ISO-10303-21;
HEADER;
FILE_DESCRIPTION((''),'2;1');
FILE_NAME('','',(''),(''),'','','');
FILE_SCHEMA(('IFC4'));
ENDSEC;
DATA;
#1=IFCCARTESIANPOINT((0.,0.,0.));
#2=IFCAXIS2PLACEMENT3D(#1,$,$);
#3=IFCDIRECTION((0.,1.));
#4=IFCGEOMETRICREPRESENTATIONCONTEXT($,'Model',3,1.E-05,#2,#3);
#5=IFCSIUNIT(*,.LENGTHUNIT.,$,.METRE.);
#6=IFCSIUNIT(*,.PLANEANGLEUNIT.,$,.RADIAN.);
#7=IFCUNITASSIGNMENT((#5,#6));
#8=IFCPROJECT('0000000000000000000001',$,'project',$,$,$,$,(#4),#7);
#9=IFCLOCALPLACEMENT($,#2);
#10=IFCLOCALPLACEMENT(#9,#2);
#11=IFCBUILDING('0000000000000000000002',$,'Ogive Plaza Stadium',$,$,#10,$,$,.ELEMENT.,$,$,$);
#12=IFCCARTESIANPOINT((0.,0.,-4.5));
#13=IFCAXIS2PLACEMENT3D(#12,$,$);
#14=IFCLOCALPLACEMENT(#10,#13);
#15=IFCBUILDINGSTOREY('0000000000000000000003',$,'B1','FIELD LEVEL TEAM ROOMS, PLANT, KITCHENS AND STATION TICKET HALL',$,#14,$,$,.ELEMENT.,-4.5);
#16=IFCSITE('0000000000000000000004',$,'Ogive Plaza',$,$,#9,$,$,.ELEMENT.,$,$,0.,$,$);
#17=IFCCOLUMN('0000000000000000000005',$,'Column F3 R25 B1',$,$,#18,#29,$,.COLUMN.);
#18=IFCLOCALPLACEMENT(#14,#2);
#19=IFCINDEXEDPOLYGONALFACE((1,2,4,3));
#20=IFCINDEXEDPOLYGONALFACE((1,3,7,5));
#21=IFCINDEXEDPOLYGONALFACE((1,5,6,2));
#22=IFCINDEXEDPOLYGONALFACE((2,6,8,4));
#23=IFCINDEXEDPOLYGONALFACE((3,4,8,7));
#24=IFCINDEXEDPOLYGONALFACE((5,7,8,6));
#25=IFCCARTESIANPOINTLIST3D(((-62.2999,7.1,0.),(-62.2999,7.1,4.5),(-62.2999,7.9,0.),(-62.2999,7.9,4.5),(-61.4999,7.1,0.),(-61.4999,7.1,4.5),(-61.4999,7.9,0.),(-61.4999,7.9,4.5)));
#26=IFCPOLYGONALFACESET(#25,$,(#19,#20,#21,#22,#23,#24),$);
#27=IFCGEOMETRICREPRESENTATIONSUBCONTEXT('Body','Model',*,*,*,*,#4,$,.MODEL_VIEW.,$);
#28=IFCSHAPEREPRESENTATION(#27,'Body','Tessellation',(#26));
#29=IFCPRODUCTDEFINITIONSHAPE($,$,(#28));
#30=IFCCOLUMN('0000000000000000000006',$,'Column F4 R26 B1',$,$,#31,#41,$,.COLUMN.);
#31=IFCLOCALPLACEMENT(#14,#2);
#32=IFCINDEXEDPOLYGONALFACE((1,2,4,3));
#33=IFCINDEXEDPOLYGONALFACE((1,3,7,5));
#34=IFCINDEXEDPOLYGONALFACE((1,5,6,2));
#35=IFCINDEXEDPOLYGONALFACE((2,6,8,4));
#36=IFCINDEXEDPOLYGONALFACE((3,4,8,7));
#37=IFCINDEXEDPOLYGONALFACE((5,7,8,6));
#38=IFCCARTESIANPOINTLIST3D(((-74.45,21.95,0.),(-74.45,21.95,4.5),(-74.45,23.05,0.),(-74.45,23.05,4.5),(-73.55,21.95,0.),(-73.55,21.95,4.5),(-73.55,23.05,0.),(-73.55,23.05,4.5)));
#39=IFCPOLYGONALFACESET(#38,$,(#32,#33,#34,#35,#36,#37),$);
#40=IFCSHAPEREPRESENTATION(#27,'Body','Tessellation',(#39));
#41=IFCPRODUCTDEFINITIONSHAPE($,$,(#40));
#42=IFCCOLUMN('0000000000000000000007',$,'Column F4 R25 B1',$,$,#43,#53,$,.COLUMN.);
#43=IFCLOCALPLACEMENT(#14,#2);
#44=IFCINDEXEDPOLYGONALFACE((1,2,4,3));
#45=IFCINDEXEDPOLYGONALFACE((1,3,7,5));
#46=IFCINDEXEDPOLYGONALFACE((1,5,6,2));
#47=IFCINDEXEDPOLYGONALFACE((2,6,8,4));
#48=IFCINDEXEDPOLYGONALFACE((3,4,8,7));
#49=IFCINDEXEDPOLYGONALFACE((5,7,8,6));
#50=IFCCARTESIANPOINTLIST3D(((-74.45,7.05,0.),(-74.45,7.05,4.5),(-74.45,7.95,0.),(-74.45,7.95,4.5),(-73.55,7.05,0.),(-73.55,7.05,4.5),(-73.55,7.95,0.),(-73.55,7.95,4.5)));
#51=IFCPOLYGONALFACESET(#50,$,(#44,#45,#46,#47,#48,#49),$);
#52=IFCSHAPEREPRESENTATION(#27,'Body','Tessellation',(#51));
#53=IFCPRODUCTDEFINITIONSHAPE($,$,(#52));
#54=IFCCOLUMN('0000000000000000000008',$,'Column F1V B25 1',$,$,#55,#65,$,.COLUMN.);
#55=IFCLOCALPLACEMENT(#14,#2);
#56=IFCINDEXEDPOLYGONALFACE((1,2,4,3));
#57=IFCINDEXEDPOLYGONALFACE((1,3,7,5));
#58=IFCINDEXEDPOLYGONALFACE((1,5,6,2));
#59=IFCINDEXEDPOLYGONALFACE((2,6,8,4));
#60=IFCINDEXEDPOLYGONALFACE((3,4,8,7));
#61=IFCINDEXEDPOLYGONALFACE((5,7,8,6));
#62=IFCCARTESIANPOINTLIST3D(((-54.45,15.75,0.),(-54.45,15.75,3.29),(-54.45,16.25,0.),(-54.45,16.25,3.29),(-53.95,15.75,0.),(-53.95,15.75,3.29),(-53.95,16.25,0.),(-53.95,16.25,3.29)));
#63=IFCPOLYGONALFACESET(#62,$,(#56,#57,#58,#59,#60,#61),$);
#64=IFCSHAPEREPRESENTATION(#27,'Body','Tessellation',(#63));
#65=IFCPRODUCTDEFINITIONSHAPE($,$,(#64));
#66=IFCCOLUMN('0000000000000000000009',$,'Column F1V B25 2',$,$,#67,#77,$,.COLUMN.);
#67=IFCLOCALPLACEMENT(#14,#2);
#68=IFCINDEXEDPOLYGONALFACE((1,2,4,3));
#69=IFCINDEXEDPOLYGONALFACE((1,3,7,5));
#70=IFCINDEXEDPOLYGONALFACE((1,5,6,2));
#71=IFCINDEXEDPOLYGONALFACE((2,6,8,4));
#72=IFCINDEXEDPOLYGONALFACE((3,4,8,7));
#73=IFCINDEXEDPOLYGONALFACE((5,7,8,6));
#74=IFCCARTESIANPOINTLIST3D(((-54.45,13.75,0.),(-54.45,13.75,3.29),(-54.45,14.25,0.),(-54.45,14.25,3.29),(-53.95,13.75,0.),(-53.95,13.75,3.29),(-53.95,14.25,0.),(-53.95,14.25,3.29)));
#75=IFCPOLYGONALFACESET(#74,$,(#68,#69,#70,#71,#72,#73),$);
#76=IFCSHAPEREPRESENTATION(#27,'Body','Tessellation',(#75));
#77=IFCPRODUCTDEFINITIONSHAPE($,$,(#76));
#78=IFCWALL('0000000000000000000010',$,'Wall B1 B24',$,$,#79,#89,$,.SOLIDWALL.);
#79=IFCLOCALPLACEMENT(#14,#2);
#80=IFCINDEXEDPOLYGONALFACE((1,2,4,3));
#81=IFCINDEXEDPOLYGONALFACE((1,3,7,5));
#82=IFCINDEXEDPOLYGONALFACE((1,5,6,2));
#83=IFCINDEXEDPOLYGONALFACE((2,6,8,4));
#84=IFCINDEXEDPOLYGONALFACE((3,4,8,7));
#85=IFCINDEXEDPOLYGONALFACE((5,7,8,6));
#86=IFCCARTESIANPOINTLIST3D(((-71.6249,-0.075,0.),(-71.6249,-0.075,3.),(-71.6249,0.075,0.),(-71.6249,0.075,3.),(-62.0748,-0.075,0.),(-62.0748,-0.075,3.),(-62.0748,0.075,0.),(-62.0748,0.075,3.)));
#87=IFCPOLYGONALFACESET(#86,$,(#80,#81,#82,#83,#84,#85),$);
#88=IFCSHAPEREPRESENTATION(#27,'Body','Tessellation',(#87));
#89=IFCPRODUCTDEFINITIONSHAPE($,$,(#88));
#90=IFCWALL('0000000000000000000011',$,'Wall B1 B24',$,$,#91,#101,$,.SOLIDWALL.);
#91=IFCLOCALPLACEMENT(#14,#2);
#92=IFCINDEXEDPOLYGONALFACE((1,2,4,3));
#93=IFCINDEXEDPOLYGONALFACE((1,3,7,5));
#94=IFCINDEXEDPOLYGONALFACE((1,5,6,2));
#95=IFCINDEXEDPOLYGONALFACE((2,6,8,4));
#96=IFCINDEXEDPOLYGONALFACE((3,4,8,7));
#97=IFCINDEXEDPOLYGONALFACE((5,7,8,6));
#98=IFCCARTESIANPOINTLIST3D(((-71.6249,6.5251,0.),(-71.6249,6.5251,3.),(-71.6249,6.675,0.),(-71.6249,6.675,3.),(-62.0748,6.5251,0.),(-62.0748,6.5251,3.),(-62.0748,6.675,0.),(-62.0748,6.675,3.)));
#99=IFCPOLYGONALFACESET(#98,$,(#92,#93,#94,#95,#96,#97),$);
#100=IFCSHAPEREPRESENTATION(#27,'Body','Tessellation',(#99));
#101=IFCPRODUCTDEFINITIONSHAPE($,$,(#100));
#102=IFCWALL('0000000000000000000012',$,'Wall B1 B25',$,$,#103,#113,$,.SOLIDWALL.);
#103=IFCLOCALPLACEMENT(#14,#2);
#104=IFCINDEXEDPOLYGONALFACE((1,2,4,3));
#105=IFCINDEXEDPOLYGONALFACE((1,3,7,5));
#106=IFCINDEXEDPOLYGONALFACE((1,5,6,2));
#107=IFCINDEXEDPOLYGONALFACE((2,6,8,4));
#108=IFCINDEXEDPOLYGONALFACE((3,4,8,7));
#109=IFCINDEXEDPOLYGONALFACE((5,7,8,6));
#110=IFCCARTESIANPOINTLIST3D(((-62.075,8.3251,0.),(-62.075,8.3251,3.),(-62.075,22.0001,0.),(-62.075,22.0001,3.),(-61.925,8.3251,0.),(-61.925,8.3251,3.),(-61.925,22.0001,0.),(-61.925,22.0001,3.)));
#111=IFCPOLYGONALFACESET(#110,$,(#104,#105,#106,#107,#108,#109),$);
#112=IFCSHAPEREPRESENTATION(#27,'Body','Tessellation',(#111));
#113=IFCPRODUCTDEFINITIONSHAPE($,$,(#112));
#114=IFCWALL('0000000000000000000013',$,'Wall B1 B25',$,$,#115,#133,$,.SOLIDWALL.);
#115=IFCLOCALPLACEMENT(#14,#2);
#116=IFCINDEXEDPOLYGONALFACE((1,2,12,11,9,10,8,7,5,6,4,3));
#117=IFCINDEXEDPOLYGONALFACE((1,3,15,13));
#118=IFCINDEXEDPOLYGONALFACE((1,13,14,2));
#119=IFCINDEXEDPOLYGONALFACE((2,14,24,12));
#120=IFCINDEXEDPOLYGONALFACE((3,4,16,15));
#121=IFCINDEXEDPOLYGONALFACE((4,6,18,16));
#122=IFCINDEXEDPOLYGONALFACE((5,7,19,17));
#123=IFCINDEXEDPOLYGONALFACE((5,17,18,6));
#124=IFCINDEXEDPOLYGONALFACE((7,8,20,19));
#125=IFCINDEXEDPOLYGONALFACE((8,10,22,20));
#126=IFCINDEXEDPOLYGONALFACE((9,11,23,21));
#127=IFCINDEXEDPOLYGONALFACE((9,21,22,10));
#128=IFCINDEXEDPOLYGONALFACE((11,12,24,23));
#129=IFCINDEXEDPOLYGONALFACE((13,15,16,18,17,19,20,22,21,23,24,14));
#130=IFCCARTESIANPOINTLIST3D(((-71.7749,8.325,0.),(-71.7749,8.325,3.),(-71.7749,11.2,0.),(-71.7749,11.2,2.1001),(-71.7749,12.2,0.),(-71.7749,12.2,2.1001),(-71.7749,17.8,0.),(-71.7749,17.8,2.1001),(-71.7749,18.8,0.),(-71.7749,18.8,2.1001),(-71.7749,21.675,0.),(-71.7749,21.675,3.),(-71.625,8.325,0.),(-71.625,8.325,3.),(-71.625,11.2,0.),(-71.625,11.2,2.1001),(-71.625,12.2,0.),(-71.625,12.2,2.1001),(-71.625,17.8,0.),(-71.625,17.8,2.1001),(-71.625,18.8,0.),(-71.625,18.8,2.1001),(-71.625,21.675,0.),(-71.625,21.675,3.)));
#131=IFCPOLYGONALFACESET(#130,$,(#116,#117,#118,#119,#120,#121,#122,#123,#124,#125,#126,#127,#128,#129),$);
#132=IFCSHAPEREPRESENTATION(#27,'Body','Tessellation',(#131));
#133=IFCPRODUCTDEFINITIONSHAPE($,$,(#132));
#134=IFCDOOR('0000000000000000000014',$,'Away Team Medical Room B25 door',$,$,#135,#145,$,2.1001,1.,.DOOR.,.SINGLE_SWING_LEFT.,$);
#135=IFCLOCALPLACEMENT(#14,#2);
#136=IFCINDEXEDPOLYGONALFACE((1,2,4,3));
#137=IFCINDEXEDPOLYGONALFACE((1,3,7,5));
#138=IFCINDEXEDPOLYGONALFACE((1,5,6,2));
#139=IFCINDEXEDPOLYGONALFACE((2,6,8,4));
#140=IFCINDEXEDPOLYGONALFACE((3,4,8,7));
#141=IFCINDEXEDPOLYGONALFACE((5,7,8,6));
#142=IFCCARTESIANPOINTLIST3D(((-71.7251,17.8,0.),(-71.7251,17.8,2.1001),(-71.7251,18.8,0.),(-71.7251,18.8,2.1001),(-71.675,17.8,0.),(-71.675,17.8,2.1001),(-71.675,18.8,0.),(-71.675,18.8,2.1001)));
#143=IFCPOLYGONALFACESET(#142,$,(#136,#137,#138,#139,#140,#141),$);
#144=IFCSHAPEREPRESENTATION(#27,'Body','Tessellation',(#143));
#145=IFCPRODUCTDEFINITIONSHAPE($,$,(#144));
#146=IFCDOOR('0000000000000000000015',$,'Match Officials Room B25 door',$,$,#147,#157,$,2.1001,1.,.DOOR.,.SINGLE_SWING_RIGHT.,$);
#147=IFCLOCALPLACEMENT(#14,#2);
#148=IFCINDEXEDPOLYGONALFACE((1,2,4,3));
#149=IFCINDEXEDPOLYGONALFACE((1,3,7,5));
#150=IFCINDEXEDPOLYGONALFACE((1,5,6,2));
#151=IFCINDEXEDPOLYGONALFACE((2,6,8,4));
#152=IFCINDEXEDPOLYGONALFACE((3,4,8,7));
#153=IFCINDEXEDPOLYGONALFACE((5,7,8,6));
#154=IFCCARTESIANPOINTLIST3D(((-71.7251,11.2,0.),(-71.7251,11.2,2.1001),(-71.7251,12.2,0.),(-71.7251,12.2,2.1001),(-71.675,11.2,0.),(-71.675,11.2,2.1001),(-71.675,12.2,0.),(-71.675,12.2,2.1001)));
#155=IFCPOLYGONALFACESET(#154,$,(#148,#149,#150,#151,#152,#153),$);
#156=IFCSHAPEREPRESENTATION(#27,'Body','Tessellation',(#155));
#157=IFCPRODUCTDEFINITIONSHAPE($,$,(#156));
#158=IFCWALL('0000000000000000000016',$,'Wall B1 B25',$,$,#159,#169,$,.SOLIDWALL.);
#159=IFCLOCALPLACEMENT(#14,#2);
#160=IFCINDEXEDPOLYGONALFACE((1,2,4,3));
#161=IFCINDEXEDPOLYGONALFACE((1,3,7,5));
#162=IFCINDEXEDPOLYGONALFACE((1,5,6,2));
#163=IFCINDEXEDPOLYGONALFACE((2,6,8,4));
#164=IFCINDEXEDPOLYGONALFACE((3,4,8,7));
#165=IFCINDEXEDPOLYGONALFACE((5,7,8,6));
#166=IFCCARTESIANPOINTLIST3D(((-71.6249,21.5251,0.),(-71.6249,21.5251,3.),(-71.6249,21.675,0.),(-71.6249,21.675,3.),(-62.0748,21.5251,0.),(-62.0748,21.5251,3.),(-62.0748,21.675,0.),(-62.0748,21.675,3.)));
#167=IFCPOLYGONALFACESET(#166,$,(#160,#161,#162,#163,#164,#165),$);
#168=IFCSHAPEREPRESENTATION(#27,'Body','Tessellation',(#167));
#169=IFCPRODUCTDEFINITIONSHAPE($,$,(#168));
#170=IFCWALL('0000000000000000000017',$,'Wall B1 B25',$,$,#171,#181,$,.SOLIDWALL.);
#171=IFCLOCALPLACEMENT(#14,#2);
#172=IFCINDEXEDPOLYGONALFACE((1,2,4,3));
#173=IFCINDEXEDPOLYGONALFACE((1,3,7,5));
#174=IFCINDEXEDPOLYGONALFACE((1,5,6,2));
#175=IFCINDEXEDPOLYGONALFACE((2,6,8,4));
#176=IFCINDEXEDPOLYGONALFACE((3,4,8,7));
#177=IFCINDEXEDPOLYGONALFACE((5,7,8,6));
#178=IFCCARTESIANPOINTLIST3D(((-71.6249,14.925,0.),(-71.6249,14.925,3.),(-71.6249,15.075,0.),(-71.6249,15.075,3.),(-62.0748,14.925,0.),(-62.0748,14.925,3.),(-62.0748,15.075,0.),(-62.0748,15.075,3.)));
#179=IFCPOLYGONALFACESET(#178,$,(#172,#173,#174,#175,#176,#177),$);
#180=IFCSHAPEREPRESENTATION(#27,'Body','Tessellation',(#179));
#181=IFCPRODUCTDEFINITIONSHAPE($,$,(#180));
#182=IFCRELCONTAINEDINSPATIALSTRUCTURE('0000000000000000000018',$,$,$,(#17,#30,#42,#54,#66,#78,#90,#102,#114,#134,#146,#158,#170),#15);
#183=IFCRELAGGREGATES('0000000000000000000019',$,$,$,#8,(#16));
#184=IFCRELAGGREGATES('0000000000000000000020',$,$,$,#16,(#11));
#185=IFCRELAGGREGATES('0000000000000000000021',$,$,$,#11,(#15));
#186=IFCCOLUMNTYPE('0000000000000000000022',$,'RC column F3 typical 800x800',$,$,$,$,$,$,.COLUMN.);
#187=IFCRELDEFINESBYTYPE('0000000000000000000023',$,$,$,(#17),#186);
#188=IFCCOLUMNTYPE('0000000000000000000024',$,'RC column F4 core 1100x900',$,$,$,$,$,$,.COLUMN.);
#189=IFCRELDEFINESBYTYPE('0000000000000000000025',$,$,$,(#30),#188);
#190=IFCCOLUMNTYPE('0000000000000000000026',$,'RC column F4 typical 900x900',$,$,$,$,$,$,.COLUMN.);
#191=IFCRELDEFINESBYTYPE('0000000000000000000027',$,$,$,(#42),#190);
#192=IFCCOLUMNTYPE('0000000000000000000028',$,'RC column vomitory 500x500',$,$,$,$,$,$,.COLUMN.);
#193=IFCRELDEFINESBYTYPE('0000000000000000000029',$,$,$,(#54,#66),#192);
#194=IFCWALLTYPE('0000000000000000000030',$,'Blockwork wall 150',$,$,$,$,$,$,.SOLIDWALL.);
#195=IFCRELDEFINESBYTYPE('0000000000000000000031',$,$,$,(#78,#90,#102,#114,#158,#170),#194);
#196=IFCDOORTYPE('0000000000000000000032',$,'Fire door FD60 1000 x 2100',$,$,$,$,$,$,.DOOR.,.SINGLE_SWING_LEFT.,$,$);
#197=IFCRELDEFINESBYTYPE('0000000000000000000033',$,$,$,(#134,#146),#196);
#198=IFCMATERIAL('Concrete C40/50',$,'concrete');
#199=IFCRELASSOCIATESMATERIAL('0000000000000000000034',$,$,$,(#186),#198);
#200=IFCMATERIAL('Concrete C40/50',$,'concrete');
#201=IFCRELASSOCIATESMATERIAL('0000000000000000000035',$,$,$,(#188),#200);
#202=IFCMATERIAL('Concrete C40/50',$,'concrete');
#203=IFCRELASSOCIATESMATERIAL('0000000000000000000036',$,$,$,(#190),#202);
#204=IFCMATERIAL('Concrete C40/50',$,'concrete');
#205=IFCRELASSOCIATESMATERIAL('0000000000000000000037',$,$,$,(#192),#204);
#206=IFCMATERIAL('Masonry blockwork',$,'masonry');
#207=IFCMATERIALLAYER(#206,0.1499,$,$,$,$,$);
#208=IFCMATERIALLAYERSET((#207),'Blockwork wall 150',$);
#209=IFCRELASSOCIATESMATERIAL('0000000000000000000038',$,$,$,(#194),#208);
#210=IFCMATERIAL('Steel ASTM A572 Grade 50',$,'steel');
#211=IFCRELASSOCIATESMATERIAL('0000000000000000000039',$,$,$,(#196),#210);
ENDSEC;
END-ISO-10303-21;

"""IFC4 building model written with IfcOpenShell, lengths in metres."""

from ifc_helpers import new_model, si_unit, direction, frame, frame_2d, origin, origin_2d, place, context, subcontext, project, spatial, rectangle, extrude, material, layer, layer_set, material_profile, profile_set, type_object, element, fill, save


model = new_model("IFC4")

# Units and contexts
model_context = context("Model", 3, precision=1e-05, world=origin(), true_north=direction((0.0, 1.0)))
body_context = subcontext(model_context, "Body", "Model", "MODEL_VIEW")
ifc_project = project(units=[si_unit("LENGTHUNIT", "METRE"), si_unit("PLANEANGLEUNIT", "RADIAN")], contexts=[model_context])

# Site, building, storey
site_placement = place(None, origin())
site = spatial("IfcSite", under=ifc_project, at=site_placement, Name="Ogive Plaza", CompositionType="ELEMENT", RefElevation=0.0)
building_placement = place(site_placement, origin())
building = spatial("IfcBuilding", under=site, at=building_placement, Name="Ogive Plaza Stadium", CompositionType="ELEMENT")
storey_placement = place(building_placement, frame((0.0, 0.0, -4.5)))
storey = spatial("IfcBuildingStorey", under=building, at=storey_placement, Name="B1", Description="FIELD LEVEL TEAM ROOMS, PLANT, KITCHENS AND STATION TICKET HALL", CompositionType="ELEMENT", Elevation=-4.5)

# Columns
ifc_material_1 = material(Name="Concrete C40/50", Category="concrete")
ifc_material_profile_1 = material_profile(ifc_material_1, rectangle(XDim=0.8, YDim=0.8, at=origin_2d()), Name="RC 800x800")
ifc_profile_set_1 = profile_set([ifc_material_profile_1], Name="Concrete C40/50")
column_type_1 = type_object("IfcColumnType", Name="RC column F3 typical 800x800", PredefinedType="COLUMN", material=ifc_profile_set_1)
column_1_placement = place(storey_placement, frame((-61.8999, 7.5, 0.0), z_axis=(0.0, 0.0, 1.0), x_axis=(0.0, -1.0, 0.0)))
element("IfcColumn", 1, at=column_1_placement, inside=storey, type_object=column_type_1, Name="Column F3 R25 B1", PredefinedType="COLUMN", context=body_context, shape_type="SweptSolid", body=[
    extrude(rectangle(XDim=0.8, YDim=0.8, at=origin_2d()), origin(), (0.0, 0.0, 1.0), 4.5),
])
ifc_material_2 = material(Name="Concrete C40/50", Category="concrete")
ifc_material_profile_2 = material_profile(ifc_material_2, rectangle(XDim=1.1001, YDim=0.8999, at=origin_2d()), Name="RC 1100x900")
ifc_profile_set_2 = profile_set([ifc_material_profile_2], Name="Concrete C40/50")
column_type_2 = type_object("IfcColumnType", Name="RC column F4 core 1100x900", PredefinedType="COLUMN", material=ifc_profile_set_2)
column_2_placement = place(storey_placement, frame((-74.0, 22.5, 0.0), z_axis=(0.0, 0.0, 1.0), x_axis=(0.0, -1.0, 0.0)))
element("IfcColumn", 2, at=column_2_placement, inside=storey, type_object=column_type_2, Name="Column F4 R26 B1", PredefinedType="COLUMN", context=body_context, shape_type="SweptSolid", body=[
    extrude(rectangle(XDim=1.1001, YDim=0.8999, at=origin_2d()), origin(), (0.0, 0.0, 1.0), 4.5),
])
ifc_material_3 = material(Name="Concrete C40/50", Category="concrete")
ifc_material_profile_3 = material_profile(ifc_material_3, rectangle(XDim=0.8999, YDim=0.8999, at=origin_2d()), Name="RC 900x900")
ifc_profile_set_3 = profile_set([ifc_material_profile_3], Name="Concrete C40/50")
column_type_3 = type_object("IfcColumnType", Name="RC column F4 typical 900x900", PredefinedType="COLUMN", material=ifc_profile_set_3)
column_3_placement = place(storey_placement, frame((-74.0, 7.5, 0.0), z_axis=(0.0, 0.0, 1.0), x_axis=(0.0, -1.0, 0.0)))
element("IfcColumn", 3, at=column_3_placement, inside=storey, type_object=column_type_3, Name="Column F4 R25 B1", PredefinedType="COLUMN", context=body_context, shape_type="SweptSolid", body=[
    extrude(rectangle(XDim=0.8999, YDim=0.8999, at=origin_2d()), origin(), (0.0, 0.0, 1.0), 4.5),
])
ifc_material_4 = material(Name="Concrete C40/50", Category="concrete")
ifc_material_profile_4 = material_profile(ifc_material_4, rectangle(XDim=0.5, YDim=0.5, at=origin_2d()), Name="RC 500x500")
ifc_profile_set_4 = profile_set([ifc_material_profile_4], Name="Concrete C40/50")
column_type_4 = type_object("IfcColumnType", Name="RC column vomitory 500x500", PredefinedType="COLUMN", material=ifc_profile_set_4)
for number, where, z_axis, x_axis, name in (
    (4, (-54.2, 16.0, 0.0), (0.0, 0.0, 1.0), (0.0, -1.0, 0.0), "Column F1V B25 1"),
    (5, (-54.2, 14.0, 0.0), (0.0, 0.0, 1.0), (0.0, -1.0, 0.0), "Column F1V B25 2"),
):
    element("IfcColumn", number, at=place(storey_placement, frame(where, z_axis=z_axis, x_axis=x_axis)), inside=storey, type_object=column_type_4, Name=name, PredefinedType="COLUMN", context=body_context, shape_type="SweptSolid", body=[
        extrude(rectangle(XDim=0.5, YDim=0.5, at=origin_2d()), origin(), (0.0, 0.0, 1.0), 3.29),
    ])

# Walls
ifc_material_5 = material(Name="Masonry blockwork", Category="masonry")
ifc_layer_1 = layer(ifc_material_5, 0.1499)
ifc_layer_set_1 = layer_set([ifc_layer_1], Name="Blockwork wall 150")
wall_type_1 = type_object("IfcWallType", Name="Blockwork wall 150", PredefinedType="SOLIDWALL", material=ifc_layer_set_1)
for number, where, z_axis, x_axis, name in (
    (6, (-62.075, 0.0, 0.0), (0.0, 0.0, 1.0), (-1.0, 0.0, 0.0), "Wall B1 B24"),
    (7, (-62.075, 6.6001, 0.0), (0.0, 0.0, 1.0), (-1.0, 0.0, 0.0), "Wall B1 B24"),
):
    element("IfcWall", number, at=place(storey_placement, frame(where, z_axis=z_axis, x_axis=x_axis)), inside=storey, type_object=wall_type_1, Name=name, PredefinedType="SOLIDWALL", context=body_context, shape_type="SweptSolid", body=[
        extrude(rectangle(XDim=9.55, YDim=0.1499, at=frame_2d((4.7749, 0.0))), origin(), (0.0, 0.0, 1.0), 3.0),
    ])
wall_1_placement = place(storey_placement, frame((-62.0, 22.0, 0.0), z_axis=(0.0, 0.0, 1.0), x_axis=(0.0, -1.0, 0.0)))
element("IfcWall", 8, at=wall_1_placement, inside=storey, type_object=wall_type_1, Name="Wall B1 B25", PredefinedType="SOLIDWALL", context=body_context, shape_type="SweptSolid", body=[
    extrude(rectangle(XDim=13.675, YDim=0.1499, at=frame_2d((6.8374, 0.0))), origin(), (0.0, 0.0, 1.0), 3.0),
])

# Wall, openings, doors
wall_2_placement = place(storey_placement, frame((-71.7, 21.675, 0.0), z_axis=(0.0, 0.0, 1.0), x_axis=(0.0, -1.0, 0.0)))
wall_2 = element("IfcWall", 9, at=wall_2_placement, inside=storey, type_object=wall_type_1, Name="Wall B1 B25", PredefinedType="SOLIDWALL", context=body_context, shape_type="SweptSolid", body=[
    extrude(rectangle(XDim=13.3501, YDim=0.1499, at=frame_2d((6.675, 0.0))), origin(), (0.0, 0.0, 1.0), 3.0),
])
opening_1_placement = place(wall_2_placement, frame((2.875, 0.0, 0.0)))
opening_1 = element("IfcOpeningElement", 10, at=opening_1_placement, cuts=wall_2, PredefinedType="OPENING", context=body_context, shape_type="SweptSolid", body=[
    extrude(rectangle(XDim=1.0, YDim=2.1001, at=frame_2d((0.5, 1.05))), frame((0.0, 0.075, 0.0), z_axis=(0.0, -1.0, 0.0), x_axis=(1.0, 0.0, 0.0)), (0.0, 0.0, 1.0), 0.1499),
])
opening_2_placement = place(wall_2_placement, frame((9.4751, 0.0, 0.0)))
opening_2 = element("IfcOpeningElement", 11, at=opening_2_placement, cuts=wall_2, PredefinedType="OPENING", context=body_context, shape_type="SweptSolid", body=[
    extrude(rectangle(XDim=1.0, YDim=2.1001, at=frame_2d((0.5, 1.05))), frame((0.0, 0.075, 0.0), z_axis=(0.0, -1.0, 0.0), x_axis=(1.0, 0.0, 0.0)), (0.0, 0.0, 1.0), 0.1499),
])
ifc_material_6 = material(Name="Steel ASTM A572 Grade 50", Category="steel")
door_type = type_object("IfcDoorType", Name="Fire door FD60 1000 x 2100", OperationType="SINGLE_SWING_LEFT", PredefinedType="DOOR", material=ifc_material_6)
door_1_placement = place(opening_1_placement, origin())
door_1 = element("IfcDoor", 12, at=door_1_placement, inside=storey, type_object=door_type, Name="Away Team Medical Room B25 door", OperationType="SINGLE_SWING_LEFT", OverallHeight=2.1001, OverallWidth=1.0, PredefinedType="DOOR", context=body_context, shape_type="SweptSolid", body=[
    extrude(rectangle(XDim=1.0, YDim=2.1001, at=frame_2d((0.5, 1.05))), frame((0.0, 0.0249, 0.0), z_axis=(0.0, -1.0, 0.0), x_axis=(1.0, 0.0, 0.0)), (0.0, 0.0, 1.0), 0.05),
])
fill(opening_1, door_1)
door_2_placement = place(opening_2_placement, origin())
door_2 = element("IfcDoor", 13, at=door_2_placement, inside=storey, type_object=door_type, Name="Match Officials Room B25 door", OperationType="SINGLE_SWING_RIGHT", OverallHeight=2.1001, OverallWidth=1.0, PredefinedType="DOOR", context=body_context, shape_type="SweptSolid", body=[
    extrude(rectangle(XDim=1.0, YDim=2.1001, at=frame_2d((0.5, 1.05))), frame((0.0, 0.0249, 0.0), z_axis=(0.0, -1.0, 0.0), x_axis=(1.0, 0.0, 0.0)), (0.0, 0.0, 1.0), 0.05),
])
fill(opening_2, door_2)

# Walls
for number, where, z_axis, x_axis, name in (
    (14, (-62.075, 21.6001, 0.0), (0.0, 0.0, 1.0), (-1.0, 0.0, 0.0), "Wall B1 B25"),
    (15, (-62.075, 15.0, 0.0), (0.0, 0.0, 1.0), (-1.0, 0.0, 0.0), "Wall B1 B25"),
):
    element("IfcWall", number, at=place(storey_placement, frame(where, z_axis=z_axis, x_axis=x_axis)), inside=storey, type_object=wall_type_1, Name=name, PredefinedType="SOLIDWALL", context=body_context, shape_type="SweptSolid", body=[
        extrude(rectangle(XDim=9.55, YDim=0.1499, at=frame_2d((4.7749, 0.0))), origin(), (0.0, 0.0, 1.0), 3.0),
    ])

save(model, "model.ifc")
